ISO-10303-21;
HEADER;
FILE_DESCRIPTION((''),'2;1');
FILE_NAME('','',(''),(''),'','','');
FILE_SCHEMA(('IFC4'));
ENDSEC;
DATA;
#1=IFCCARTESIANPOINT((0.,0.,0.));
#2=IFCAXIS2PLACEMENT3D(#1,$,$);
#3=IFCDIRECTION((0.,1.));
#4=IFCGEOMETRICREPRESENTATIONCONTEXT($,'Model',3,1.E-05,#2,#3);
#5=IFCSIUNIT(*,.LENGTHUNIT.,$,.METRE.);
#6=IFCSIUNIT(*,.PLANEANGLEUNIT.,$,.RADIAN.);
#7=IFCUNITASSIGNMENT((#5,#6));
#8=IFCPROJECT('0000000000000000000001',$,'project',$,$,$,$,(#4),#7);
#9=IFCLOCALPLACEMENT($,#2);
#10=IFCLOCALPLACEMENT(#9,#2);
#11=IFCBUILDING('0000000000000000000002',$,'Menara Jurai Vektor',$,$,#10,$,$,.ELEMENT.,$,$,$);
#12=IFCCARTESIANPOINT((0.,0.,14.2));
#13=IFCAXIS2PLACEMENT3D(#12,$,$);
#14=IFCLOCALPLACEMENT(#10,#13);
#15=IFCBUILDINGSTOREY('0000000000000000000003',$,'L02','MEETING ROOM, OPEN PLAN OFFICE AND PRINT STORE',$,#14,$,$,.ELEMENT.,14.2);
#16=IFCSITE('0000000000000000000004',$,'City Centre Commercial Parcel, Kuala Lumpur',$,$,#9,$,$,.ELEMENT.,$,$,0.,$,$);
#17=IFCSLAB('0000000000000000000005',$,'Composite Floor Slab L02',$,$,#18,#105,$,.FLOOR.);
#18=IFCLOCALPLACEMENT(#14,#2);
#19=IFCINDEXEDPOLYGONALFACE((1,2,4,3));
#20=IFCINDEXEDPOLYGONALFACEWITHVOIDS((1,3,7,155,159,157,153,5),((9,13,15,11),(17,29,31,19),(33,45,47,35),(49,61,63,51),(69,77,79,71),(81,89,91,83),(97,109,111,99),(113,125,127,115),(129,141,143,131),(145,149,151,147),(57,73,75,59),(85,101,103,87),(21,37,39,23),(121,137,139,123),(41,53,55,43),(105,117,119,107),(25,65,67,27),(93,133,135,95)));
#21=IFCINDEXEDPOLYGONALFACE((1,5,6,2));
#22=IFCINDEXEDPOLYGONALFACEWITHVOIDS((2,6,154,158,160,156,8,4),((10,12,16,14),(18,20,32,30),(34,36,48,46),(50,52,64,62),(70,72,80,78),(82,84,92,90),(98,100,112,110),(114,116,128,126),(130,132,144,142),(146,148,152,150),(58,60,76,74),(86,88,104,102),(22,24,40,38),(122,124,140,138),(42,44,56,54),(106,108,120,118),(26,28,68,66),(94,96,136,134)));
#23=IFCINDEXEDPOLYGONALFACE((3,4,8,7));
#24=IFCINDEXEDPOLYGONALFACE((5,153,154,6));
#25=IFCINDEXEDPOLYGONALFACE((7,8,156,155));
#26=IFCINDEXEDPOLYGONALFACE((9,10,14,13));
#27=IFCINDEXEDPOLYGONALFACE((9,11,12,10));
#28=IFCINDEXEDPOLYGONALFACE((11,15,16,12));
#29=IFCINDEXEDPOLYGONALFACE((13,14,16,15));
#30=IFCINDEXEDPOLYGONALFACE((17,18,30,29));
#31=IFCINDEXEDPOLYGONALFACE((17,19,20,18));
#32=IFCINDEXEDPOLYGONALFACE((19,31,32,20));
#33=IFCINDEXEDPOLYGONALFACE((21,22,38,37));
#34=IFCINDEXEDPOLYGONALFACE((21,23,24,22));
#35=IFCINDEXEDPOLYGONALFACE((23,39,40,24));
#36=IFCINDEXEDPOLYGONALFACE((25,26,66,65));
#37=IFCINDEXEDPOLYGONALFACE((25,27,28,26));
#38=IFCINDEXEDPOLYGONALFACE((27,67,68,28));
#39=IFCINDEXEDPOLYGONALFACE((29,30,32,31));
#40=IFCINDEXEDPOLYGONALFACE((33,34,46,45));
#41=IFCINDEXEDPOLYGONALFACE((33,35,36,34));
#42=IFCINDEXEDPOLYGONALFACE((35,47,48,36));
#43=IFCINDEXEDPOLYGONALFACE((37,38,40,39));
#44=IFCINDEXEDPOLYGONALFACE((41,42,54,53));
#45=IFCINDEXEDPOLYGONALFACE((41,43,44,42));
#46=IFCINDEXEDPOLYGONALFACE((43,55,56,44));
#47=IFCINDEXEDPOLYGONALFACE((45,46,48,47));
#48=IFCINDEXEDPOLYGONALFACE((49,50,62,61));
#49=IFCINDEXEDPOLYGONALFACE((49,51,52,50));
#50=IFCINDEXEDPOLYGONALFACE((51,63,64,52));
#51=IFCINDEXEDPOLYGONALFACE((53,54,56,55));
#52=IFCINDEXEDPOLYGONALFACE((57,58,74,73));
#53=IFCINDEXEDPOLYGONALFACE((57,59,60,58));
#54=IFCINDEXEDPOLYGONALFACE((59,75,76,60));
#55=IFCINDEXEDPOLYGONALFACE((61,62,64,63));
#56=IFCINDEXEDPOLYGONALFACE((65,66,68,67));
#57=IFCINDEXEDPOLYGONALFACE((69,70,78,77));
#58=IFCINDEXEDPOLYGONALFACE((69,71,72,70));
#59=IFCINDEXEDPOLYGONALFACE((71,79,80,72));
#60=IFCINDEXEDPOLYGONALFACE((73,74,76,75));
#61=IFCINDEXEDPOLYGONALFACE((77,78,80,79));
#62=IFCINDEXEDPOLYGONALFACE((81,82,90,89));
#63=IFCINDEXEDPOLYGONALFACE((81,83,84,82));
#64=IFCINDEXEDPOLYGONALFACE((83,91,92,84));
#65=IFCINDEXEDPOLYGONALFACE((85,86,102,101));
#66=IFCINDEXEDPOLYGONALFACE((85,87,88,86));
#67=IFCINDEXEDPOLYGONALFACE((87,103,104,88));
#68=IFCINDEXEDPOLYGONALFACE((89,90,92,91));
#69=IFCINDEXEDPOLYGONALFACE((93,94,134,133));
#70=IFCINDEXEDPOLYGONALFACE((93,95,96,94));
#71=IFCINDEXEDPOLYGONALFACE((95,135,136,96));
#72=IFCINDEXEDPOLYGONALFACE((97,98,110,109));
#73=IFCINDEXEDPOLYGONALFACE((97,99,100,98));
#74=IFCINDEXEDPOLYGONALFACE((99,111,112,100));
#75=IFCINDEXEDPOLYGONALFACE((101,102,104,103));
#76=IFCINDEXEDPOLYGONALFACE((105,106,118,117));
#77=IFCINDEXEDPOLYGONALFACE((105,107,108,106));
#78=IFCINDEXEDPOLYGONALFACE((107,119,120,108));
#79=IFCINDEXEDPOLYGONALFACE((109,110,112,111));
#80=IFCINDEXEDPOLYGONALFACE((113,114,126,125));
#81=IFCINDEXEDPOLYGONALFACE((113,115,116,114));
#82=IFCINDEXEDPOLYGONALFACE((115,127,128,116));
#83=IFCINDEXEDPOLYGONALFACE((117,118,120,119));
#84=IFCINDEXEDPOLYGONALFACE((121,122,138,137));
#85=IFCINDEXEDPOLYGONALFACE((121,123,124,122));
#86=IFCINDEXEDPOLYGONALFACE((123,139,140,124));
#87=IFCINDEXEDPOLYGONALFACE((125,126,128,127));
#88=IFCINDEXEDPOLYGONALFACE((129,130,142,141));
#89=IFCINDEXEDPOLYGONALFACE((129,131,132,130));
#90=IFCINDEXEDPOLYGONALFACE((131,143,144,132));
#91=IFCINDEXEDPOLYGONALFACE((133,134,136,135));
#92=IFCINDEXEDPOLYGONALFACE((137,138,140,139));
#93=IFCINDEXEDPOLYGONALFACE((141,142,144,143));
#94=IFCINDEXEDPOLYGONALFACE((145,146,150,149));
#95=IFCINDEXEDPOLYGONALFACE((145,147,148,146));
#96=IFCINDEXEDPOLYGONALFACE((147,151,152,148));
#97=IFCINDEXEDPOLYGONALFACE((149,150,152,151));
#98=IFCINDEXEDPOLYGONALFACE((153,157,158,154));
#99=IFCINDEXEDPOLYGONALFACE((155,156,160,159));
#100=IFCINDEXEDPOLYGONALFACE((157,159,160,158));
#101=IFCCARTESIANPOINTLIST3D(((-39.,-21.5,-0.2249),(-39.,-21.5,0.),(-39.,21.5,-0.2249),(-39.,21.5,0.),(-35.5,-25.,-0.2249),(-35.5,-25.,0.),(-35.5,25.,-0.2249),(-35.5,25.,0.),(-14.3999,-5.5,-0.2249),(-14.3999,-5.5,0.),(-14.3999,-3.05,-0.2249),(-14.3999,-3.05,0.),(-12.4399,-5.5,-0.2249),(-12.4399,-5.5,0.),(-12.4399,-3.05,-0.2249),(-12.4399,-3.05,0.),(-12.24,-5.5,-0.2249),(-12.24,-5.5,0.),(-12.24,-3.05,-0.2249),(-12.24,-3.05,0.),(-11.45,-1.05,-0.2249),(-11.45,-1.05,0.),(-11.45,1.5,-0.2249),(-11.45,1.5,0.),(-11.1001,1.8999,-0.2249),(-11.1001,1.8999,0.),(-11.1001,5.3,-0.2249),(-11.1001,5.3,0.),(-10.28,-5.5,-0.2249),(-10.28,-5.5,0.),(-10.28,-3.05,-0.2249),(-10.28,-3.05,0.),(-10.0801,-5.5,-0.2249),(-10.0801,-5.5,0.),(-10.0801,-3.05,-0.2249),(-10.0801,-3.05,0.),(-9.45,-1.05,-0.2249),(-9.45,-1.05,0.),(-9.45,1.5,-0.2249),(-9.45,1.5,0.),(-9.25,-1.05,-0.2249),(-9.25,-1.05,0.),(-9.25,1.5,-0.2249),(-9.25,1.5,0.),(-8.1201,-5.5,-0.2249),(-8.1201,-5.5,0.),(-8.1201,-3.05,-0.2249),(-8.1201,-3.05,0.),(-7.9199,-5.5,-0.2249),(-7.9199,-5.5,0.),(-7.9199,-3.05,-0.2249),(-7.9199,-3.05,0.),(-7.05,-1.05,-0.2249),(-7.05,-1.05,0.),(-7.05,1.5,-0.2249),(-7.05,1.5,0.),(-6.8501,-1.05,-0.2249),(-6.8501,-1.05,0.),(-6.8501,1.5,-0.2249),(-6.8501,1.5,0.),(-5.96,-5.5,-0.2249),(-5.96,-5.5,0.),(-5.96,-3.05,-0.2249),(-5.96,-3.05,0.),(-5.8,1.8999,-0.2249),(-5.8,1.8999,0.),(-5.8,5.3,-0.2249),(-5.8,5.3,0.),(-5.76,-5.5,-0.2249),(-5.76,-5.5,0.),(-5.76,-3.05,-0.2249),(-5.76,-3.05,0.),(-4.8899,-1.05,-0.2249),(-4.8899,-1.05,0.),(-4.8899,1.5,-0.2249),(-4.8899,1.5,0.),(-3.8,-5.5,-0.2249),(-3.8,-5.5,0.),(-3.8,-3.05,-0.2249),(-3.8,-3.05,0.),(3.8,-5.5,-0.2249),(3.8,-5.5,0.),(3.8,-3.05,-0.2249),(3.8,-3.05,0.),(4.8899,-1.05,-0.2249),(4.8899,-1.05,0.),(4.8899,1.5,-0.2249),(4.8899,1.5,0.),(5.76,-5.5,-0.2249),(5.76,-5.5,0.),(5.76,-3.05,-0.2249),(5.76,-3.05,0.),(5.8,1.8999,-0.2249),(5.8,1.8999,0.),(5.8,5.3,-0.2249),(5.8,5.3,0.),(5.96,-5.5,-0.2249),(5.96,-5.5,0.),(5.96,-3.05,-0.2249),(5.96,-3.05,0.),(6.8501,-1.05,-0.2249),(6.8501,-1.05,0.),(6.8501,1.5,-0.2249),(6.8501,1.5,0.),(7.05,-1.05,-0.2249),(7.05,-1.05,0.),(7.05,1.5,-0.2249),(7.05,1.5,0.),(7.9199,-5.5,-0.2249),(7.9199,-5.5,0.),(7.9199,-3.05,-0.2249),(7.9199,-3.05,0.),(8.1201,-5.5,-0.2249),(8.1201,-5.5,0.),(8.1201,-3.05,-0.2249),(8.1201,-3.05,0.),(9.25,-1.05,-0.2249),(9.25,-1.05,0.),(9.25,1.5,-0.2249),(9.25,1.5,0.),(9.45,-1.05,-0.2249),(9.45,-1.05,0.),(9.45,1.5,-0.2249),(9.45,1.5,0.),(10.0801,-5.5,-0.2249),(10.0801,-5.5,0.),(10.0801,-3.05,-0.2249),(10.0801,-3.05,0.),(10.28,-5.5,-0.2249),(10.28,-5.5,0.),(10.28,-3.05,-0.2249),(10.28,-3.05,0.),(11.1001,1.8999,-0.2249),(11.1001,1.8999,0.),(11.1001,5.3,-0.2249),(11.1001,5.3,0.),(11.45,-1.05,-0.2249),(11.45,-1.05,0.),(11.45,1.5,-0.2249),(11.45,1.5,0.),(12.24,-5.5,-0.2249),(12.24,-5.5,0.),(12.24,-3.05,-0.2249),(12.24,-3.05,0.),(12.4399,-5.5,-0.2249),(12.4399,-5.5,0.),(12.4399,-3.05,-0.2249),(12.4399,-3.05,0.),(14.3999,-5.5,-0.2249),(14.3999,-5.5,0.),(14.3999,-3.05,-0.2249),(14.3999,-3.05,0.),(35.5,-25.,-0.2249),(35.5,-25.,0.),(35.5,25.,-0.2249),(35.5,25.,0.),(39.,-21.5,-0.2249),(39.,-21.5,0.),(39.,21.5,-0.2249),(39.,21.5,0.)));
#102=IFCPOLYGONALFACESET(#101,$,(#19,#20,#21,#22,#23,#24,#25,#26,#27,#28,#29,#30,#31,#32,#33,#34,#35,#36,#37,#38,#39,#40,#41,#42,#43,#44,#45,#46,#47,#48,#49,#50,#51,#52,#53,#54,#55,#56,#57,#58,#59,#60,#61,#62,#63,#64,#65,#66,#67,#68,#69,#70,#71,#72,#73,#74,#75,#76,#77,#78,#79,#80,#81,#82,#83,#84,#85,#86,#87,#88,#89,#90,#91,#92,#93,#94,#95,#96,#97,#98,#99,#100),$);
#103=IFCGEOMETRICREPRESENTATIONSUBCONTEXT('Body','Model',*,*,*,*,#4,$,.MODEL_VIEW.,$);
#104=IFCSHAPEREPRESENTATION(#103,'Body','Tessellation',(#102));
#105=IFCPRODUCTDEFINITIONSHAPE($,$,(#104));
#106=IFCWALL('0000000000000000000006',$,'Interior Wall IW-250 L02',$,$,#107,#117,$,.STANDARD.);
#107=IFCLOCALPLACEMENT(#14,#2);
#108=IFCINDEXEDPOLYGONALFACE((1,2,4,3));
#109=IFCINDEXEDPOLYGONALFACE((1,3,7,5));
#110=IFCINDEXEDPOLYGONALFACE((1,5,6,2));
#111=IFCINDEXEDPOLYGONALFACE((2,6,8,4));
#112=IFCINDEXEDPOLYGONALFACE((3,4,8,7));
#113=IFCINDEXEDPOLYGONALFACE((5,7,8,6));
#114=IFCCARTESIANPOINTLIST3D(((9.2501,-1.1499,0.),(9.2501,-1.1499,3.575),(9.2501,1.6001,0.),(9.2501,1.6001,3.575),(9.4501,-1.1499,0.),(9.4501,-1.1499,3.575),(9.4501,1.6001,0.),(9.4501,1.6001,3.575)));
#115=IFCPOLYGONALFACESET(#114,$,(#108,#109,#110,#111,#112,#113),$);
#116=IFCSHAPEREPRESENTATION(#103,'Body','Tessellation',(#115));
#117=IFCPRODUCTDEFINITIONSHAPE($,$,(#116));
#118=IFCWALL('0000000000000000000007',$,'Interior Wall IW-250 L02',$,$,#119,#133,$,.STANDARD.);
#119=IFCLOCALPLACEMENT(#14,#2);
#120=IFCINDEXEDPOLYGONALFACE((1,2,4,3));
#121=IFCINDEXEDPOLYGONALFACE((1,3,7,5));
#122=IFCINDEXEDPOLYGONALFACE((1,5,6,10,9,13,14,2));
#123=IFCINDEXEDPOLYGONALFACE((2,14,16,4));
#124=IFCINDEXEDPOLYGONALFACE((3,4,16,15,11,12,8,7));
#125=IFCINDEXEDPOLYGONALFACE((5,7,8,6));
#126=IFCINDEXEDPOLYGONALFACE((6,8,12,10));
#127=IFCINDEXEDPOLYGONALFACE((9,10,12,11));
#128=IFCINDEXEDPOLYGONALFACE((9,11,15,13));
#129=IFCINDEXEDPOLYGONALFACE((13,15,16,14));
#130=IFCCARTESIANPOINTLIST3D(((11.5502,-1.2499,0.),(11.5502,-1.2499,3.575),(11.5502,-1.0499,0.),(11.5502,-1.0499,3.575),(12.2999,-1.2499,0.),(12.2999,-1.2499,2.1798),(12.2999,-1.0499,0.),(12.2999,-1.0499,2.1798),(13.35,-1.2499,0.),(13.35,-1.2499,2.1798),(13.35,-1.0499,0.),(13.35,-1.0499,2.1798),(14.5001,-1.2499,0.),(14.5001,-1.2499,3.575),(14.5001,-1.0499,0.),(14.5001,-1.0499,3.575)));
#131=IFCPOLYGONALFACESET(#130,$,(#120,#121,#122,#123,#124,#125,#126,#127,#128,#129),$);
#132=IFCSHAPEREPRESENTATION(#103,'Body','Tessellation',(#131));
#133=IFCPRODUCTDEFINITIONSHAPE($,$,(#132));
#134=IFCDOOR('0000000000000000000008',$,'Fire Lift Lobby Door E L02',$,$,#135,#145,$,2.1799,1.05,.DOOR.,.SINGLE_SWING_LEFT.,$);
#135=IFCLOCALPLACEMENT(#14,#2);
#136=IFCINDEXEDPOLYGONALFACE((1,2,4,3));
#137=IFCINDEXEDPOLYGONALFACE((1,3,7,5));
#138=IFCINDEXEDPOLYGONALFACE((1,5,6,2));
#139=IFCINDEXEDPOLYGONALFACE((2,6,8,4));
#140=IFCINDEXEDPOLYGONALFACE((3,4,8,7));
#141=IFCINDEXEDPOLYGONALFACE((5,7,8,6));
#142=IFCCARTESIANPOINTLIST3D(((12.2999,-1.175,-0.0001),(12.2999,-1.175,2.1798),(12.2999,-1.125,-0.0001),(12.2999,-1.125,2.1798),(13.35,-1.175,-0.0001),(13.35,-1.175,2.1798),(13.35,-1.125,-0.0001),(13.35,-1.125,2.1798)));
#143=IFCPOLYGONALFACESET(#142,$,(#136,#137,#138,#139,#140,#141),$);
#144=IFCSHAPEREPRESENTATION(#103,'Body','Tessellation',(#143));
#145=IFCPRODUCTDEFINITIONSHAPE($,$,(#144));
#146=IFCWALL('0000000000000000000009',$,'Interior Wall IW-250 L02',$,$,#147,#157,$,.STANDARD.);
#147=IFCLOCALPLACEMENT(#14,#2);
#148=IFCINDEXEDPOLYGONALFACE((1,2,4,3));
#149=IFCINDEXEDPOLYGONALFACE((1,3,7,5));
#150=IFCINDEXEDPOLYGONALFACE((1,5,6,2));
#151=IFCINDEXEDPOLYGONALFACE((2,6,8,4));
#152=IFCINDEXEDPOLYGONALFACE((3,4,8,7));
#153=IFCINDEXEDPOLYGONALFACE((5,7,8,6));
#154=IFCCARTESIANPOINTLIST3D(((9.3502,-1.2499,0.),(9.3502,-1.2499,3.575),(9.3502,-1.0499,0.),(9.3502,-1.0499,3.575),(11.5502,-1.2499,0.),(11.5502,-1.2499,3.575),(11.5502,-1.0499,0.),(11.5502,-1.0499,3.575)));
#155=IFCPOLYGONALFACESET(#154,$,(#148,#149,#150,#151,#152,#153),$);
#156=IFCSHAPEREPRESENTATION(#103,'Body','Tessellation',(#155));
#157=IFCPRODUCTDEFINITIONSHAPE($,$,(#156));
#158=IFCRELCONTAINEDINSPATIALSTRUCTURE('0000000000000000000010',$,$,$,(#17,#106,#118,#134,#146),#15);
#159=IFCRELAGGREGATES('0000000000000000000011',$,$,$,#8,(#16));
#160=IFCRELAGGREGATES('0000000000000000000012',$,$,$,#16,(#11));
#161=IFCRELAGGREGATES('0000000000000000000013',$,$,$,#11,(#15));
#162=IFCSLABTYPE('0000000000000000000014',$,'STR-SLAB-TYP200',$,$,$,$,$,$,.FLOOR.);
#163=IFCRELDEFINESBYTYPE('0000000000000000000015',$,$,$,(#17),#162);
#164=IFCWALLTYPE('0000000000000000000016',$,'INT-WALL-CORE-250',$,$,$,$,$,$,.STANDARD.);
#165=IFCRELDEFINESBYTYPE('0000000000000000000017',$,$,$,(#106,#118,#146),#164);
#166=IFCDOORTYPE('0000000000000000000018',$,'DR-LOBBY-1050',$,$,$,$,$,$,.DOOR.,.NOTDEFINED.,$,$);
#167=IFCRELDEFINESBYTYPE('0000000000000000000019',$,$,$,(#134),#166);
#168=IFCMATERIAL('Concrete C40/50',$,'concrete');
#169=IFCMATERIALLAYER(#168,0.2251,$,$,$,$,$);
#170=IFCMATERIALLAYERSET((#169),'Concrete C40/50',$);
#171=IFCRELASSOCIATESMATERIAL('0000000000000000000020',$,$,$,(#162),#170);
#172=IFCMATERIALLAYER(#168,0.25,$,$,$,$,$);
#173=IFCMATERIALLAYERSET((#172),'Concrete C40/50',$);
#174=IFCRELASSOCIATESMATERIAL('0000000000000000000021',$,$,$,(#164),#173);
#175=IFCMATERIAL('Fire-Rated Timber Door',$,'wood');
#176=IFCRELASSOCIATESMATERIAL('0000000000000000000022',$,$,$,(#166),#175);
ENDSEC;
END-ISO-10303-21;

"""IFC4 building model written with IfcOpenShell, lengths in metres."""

from ifc_helpers import new_model, si_unit, direction, frame, frame_2d, origin, place, context, subcontext, project, spatial, polyline, rectangle, outline, extrude, material, layer, layer_set, type_object, element, fill, save


model = new_model("IFC4")

# Units and contexts
model_context = context("Model", 3, precision=1e-05, world=origin(), true_north=direction((0.0, 1.0)))
body_context = subcontext(model_context, "Body", "Model", "MODEL_VIEW")
ifc_project = project(units=[si_unit("LENGTHUNIT", "METRE"), si_unit("PLANEANGLEUNIT", "RADIAN")], contexts=[model_context])

# Site, building, storey
site_placement = place(None, origin())
site = spatial("IfcSite", under=ifc_project, at=site_placement, Name="City Centre Commercial Parcel, Kuala Lumpur", CompositionType="ELEMENT", RefElevation=0.0)
building_placement = place(site_placement, origin())
building = spatial("IfcBuilding", under=site, at=building_placement, Name="Menara Jurai Vektor", CompositionType="ELEMENT")
storey_placement = place(building_placement, frame((0.0, 0.0, 14.2)))
storey = spatial("IfcBuildingStorey", under=building, at=storey_placement, Name="L02", Description="MEETING ROOM, OPEN PLAN OFFICE AND PRINT STORE", CompositionType="ELEMENT", Elevation=14.2)

# Slab
ifc_material_1 = material(Name="Concrete C40/50", Category="concrete")
ifc_layer_1 = layer(ifc_material_1, 0.2251)
ifc_layer_set_1 = layer_set([ifc_layer_1], Name="Concrete C40/50")
slab_type = type_object("IfcSlabType", Name="STR-SLAB-TYP200", PredefinedType="FLOOR", material=ifc_layer_set_1)
slab_placement = place(storey_placement, frame((0.0, 0.0, -0.2249)))
element("IfcSlab", 1, at=slab_placement, inside=storey, type_object=slab_type, Name="Composite Floor Slab L02", PredefinedType="FLOOR", context=body_context, shape_type="SweptSolid", body=[
    extrude(outline(polyline([(-35.5, -25.0), (35.5, -25.0), (39.0, -21.5), (39.0, 21.5), (35.5, 25.0), (-35.5, 25.0), (-39.0, 21.5), (-39.0, -21.5), (-35.5, -25.0)]), holes=[polyline([(-11.1001, 1.8999), (-11.1001, 5.3), (-5.8, 5.3), (-5.8, 1.8999), (-11.1001, 1.8999)]), polyline([(5.8, 1.8999), (5.8, 5.3), (11.1001, 5.3), (11.1001, 1.8999), (5.8, 1.8999)]), polyline([(-11.45, -1.05), (-11.45, 1.5), (-9.45, 1.5), (-9.45, -1.05), (-11.45, -1.05)]), polyline([(9.45, -1.05), (9.45, 1.5), (11.45, 1.5), (11.45, -1.05), (9.45, -1.05)]), polyline([(-5.76, -5.5), (-5.76, -3.05), (-3.8, -3.05), (-3.8, -5.5), (-5.76, -5.5)]), polyline([(-6.8501, -1.05), (-6.8501, 1.5), (-4.8899, 1.5), (-4.8899, -1.05), (-6.8501, -1.05)]), polyline([(3.8, -5.5), (3.8, -3.05), (5.76, -3.05), (5.76, -5.5), (3.8, -5.5)]), polyline([(4.8899, -1.05), (4.8899, 1.5), (6.8501, 1.5), (6.8501, -1.05), (4.8899, -1.05)]), polyline([(-14.3999, -5.5), (-14.3999, -3.05), (-12.4399, -3.05), (-12.4399, -5.5), (-14.3999, -5.5)]), polyline([(-12.24, -5.5), (-12.24, -3.05), (-10.28, -3.05), (-10.28, -5.5), (-12.24, -5.5)]), polyline([(10.28, -5.5), (10.28, -3.05), (12.24, -3.05), (12.24, -5.5), (10.28, -5.5)]), polyline([(12.4399, -5.5), (12.4399, -3.05), (14.3999, -3.05), (14.3999, -5.5), (12.4399, -5.5)]), polyline([(-10.0801, -5.5), (-10.0801, -3.05), (-8.1201, -3.05), (-8.1201, -5.5), (-10.0801, -5.5)]), polyline([(-7.9199, -5.5), (-7.9199, -3.05), (-5.96, -3.05), (-5.96, -5.5), (-7.9199, -5.5)]), polyline([(5.96, -5.5), (5.96, -3.05), (7.9199, -3.05), (7.9199, -5.5), (5.96, -5.5)]), polyline([(8.1201, -5.5), (8.1201, -3.05), (10.0801, -3.05), (10.0801, -5.5), (8.1201, -5.5)]), polyline([(-9.25, -1.05), (-9.25, 1.5), (-7.05, 1.5), (-7.05, -1.05), (-9.25, -1.05)]), polyline([(7.05, -1.05), (7.05, 1.5), (9.25, 1.5), (9.25, -1.05), (7.05, -1.05)])]), origin(), (0.0, 0.0, 1.0), 0.2249),
])

# Shared definitions
ifc_layer_2 = layer(ifc_material_1, 0.25)
ifc_layer_set_2 = layer_set([ifc_layer_2], Name="Concrete C40/50")
wall_type_1 = type_object("IfcWallType", Name="INT-WALL-CORE-250", PredefinedType="STANDARD", material=ifc_layer_set_2)

# Wall
wall_1_placement = place(storey_placement, frame((9.3501, -1.1499, 0.0), z_axis=(0.0, 0.0, 1.0), x_axis=(0.0, 1.0, 0.0)))
element("IfcWall", 2, at=wall_1_placement, inside=storey, type_object=wall_type_1, Name="Interior Wall IW-250 L02", PredefinedType="STANDARD", context=body_context, shape_type="SweptSolid", body=[
    extrude(rectangle(XDim=2.75, YDim=0.2, at=frame_2d((1.375, 0.0))), origin(), (0.0, 0.0, 1.0), 3.575),
])

# Wall, opening, door
wall_2_placement = place(storey_placement, frame((11.55, -1.1499, 0.0), z_axis=(0.0, 0.0, 1.0), x_axis=(1.0, 0.0, 0.0)))
wall_2 = element("IfcWall", 3, at=wall_2_placement, inside=storey, type_object=wall_type_1, Name="Interior Wall IW-250 L02", PredefinedType="STANDARD", context=body_context, shape_type="SweptSolid", body=[
    extrude(rectangle(XDim=2.95, YDim=0.2, at=frame_2d((1.4751, 0.0))), origin(), (0.0, 0.0, 1.0), 3.575),
])
opening_1_placement = place(wall_2_placement, frame((0.75, 0.0, 0.0)))
opening_1 = element("IfcOpeningElement", 4, at=opening_1_placement, cuts=wall_2, PredefinedType="OPENING", context=body_context, shape_type="SweptSolid", body=[
    extrude(rectangle(XDim=1.05, YDim=2.1799, at=frame_2d((0.5249, 1.0898))), frame((0.0, 0.1099, 0.0), z_axis=(0.0, -1.0, 0.0), x_axis=(1.0, 0.0, 0.0)), (0.0, 0.0, 1.0), 0.22),
])
ifc_material_2 = material(Name="Fire-Rated Timber Door", Category="wood")
door_type_1 = type_object("IfcDoorType", Name="DR-LOBBY-1050", OperationType="NOTDEFINED", PredefinedType="DOOR", material=ifc_material_2)
door_1_placement = place(opening_1_placement, origin())
door_1 = element("IfcDoor", 5, at=door_1_placement, inside=storey, type_object=door_type_1, Name="Fire Lift Lobby Door E L02", OperationType="SINGLE_SWING_LEFT", OverallHeight=2.1799, OverallWidth=1.05, PredefinedType="DOOR", context=body_context, shape_type="SweptSolid", body=[
    extrude(rectangle(XDim=1.05, YDim=2.1799, at=frame_2d((0.5249, 1.0898))), frame((0.0, 0.0249, 0.0), z_axis=(0.0, -1.0, 0.0), x_axis=(1.0, 0.0, 0.0)), (0.0, 0.0, 1.0), 0.05),
])
fill(opening_1, door_1)

# Wall
wall_3_placement = place(storey_placement, frame((9.3501, -1.1499, 0.0), z_axis=(0.0, 0.0, 1.0), x_axis=(1.0, 0.0, 0.0)))
element("IfcWall", 6, at=wall_3_placement, inside=storey, type_object=wall_type_1, Name="Interior Wall IW-250 L02", PredefinedType="STANDARD", context=body_context, shape_type="SweptSolid", body=[
    extrude(rectangle(XDim=2.2, YDim=0.2, at=frame_2d((1.1001, 0.0))), origin(), (0.0, 0.0, 1.0), 3.575),
])

save(model, "model.ifc")
